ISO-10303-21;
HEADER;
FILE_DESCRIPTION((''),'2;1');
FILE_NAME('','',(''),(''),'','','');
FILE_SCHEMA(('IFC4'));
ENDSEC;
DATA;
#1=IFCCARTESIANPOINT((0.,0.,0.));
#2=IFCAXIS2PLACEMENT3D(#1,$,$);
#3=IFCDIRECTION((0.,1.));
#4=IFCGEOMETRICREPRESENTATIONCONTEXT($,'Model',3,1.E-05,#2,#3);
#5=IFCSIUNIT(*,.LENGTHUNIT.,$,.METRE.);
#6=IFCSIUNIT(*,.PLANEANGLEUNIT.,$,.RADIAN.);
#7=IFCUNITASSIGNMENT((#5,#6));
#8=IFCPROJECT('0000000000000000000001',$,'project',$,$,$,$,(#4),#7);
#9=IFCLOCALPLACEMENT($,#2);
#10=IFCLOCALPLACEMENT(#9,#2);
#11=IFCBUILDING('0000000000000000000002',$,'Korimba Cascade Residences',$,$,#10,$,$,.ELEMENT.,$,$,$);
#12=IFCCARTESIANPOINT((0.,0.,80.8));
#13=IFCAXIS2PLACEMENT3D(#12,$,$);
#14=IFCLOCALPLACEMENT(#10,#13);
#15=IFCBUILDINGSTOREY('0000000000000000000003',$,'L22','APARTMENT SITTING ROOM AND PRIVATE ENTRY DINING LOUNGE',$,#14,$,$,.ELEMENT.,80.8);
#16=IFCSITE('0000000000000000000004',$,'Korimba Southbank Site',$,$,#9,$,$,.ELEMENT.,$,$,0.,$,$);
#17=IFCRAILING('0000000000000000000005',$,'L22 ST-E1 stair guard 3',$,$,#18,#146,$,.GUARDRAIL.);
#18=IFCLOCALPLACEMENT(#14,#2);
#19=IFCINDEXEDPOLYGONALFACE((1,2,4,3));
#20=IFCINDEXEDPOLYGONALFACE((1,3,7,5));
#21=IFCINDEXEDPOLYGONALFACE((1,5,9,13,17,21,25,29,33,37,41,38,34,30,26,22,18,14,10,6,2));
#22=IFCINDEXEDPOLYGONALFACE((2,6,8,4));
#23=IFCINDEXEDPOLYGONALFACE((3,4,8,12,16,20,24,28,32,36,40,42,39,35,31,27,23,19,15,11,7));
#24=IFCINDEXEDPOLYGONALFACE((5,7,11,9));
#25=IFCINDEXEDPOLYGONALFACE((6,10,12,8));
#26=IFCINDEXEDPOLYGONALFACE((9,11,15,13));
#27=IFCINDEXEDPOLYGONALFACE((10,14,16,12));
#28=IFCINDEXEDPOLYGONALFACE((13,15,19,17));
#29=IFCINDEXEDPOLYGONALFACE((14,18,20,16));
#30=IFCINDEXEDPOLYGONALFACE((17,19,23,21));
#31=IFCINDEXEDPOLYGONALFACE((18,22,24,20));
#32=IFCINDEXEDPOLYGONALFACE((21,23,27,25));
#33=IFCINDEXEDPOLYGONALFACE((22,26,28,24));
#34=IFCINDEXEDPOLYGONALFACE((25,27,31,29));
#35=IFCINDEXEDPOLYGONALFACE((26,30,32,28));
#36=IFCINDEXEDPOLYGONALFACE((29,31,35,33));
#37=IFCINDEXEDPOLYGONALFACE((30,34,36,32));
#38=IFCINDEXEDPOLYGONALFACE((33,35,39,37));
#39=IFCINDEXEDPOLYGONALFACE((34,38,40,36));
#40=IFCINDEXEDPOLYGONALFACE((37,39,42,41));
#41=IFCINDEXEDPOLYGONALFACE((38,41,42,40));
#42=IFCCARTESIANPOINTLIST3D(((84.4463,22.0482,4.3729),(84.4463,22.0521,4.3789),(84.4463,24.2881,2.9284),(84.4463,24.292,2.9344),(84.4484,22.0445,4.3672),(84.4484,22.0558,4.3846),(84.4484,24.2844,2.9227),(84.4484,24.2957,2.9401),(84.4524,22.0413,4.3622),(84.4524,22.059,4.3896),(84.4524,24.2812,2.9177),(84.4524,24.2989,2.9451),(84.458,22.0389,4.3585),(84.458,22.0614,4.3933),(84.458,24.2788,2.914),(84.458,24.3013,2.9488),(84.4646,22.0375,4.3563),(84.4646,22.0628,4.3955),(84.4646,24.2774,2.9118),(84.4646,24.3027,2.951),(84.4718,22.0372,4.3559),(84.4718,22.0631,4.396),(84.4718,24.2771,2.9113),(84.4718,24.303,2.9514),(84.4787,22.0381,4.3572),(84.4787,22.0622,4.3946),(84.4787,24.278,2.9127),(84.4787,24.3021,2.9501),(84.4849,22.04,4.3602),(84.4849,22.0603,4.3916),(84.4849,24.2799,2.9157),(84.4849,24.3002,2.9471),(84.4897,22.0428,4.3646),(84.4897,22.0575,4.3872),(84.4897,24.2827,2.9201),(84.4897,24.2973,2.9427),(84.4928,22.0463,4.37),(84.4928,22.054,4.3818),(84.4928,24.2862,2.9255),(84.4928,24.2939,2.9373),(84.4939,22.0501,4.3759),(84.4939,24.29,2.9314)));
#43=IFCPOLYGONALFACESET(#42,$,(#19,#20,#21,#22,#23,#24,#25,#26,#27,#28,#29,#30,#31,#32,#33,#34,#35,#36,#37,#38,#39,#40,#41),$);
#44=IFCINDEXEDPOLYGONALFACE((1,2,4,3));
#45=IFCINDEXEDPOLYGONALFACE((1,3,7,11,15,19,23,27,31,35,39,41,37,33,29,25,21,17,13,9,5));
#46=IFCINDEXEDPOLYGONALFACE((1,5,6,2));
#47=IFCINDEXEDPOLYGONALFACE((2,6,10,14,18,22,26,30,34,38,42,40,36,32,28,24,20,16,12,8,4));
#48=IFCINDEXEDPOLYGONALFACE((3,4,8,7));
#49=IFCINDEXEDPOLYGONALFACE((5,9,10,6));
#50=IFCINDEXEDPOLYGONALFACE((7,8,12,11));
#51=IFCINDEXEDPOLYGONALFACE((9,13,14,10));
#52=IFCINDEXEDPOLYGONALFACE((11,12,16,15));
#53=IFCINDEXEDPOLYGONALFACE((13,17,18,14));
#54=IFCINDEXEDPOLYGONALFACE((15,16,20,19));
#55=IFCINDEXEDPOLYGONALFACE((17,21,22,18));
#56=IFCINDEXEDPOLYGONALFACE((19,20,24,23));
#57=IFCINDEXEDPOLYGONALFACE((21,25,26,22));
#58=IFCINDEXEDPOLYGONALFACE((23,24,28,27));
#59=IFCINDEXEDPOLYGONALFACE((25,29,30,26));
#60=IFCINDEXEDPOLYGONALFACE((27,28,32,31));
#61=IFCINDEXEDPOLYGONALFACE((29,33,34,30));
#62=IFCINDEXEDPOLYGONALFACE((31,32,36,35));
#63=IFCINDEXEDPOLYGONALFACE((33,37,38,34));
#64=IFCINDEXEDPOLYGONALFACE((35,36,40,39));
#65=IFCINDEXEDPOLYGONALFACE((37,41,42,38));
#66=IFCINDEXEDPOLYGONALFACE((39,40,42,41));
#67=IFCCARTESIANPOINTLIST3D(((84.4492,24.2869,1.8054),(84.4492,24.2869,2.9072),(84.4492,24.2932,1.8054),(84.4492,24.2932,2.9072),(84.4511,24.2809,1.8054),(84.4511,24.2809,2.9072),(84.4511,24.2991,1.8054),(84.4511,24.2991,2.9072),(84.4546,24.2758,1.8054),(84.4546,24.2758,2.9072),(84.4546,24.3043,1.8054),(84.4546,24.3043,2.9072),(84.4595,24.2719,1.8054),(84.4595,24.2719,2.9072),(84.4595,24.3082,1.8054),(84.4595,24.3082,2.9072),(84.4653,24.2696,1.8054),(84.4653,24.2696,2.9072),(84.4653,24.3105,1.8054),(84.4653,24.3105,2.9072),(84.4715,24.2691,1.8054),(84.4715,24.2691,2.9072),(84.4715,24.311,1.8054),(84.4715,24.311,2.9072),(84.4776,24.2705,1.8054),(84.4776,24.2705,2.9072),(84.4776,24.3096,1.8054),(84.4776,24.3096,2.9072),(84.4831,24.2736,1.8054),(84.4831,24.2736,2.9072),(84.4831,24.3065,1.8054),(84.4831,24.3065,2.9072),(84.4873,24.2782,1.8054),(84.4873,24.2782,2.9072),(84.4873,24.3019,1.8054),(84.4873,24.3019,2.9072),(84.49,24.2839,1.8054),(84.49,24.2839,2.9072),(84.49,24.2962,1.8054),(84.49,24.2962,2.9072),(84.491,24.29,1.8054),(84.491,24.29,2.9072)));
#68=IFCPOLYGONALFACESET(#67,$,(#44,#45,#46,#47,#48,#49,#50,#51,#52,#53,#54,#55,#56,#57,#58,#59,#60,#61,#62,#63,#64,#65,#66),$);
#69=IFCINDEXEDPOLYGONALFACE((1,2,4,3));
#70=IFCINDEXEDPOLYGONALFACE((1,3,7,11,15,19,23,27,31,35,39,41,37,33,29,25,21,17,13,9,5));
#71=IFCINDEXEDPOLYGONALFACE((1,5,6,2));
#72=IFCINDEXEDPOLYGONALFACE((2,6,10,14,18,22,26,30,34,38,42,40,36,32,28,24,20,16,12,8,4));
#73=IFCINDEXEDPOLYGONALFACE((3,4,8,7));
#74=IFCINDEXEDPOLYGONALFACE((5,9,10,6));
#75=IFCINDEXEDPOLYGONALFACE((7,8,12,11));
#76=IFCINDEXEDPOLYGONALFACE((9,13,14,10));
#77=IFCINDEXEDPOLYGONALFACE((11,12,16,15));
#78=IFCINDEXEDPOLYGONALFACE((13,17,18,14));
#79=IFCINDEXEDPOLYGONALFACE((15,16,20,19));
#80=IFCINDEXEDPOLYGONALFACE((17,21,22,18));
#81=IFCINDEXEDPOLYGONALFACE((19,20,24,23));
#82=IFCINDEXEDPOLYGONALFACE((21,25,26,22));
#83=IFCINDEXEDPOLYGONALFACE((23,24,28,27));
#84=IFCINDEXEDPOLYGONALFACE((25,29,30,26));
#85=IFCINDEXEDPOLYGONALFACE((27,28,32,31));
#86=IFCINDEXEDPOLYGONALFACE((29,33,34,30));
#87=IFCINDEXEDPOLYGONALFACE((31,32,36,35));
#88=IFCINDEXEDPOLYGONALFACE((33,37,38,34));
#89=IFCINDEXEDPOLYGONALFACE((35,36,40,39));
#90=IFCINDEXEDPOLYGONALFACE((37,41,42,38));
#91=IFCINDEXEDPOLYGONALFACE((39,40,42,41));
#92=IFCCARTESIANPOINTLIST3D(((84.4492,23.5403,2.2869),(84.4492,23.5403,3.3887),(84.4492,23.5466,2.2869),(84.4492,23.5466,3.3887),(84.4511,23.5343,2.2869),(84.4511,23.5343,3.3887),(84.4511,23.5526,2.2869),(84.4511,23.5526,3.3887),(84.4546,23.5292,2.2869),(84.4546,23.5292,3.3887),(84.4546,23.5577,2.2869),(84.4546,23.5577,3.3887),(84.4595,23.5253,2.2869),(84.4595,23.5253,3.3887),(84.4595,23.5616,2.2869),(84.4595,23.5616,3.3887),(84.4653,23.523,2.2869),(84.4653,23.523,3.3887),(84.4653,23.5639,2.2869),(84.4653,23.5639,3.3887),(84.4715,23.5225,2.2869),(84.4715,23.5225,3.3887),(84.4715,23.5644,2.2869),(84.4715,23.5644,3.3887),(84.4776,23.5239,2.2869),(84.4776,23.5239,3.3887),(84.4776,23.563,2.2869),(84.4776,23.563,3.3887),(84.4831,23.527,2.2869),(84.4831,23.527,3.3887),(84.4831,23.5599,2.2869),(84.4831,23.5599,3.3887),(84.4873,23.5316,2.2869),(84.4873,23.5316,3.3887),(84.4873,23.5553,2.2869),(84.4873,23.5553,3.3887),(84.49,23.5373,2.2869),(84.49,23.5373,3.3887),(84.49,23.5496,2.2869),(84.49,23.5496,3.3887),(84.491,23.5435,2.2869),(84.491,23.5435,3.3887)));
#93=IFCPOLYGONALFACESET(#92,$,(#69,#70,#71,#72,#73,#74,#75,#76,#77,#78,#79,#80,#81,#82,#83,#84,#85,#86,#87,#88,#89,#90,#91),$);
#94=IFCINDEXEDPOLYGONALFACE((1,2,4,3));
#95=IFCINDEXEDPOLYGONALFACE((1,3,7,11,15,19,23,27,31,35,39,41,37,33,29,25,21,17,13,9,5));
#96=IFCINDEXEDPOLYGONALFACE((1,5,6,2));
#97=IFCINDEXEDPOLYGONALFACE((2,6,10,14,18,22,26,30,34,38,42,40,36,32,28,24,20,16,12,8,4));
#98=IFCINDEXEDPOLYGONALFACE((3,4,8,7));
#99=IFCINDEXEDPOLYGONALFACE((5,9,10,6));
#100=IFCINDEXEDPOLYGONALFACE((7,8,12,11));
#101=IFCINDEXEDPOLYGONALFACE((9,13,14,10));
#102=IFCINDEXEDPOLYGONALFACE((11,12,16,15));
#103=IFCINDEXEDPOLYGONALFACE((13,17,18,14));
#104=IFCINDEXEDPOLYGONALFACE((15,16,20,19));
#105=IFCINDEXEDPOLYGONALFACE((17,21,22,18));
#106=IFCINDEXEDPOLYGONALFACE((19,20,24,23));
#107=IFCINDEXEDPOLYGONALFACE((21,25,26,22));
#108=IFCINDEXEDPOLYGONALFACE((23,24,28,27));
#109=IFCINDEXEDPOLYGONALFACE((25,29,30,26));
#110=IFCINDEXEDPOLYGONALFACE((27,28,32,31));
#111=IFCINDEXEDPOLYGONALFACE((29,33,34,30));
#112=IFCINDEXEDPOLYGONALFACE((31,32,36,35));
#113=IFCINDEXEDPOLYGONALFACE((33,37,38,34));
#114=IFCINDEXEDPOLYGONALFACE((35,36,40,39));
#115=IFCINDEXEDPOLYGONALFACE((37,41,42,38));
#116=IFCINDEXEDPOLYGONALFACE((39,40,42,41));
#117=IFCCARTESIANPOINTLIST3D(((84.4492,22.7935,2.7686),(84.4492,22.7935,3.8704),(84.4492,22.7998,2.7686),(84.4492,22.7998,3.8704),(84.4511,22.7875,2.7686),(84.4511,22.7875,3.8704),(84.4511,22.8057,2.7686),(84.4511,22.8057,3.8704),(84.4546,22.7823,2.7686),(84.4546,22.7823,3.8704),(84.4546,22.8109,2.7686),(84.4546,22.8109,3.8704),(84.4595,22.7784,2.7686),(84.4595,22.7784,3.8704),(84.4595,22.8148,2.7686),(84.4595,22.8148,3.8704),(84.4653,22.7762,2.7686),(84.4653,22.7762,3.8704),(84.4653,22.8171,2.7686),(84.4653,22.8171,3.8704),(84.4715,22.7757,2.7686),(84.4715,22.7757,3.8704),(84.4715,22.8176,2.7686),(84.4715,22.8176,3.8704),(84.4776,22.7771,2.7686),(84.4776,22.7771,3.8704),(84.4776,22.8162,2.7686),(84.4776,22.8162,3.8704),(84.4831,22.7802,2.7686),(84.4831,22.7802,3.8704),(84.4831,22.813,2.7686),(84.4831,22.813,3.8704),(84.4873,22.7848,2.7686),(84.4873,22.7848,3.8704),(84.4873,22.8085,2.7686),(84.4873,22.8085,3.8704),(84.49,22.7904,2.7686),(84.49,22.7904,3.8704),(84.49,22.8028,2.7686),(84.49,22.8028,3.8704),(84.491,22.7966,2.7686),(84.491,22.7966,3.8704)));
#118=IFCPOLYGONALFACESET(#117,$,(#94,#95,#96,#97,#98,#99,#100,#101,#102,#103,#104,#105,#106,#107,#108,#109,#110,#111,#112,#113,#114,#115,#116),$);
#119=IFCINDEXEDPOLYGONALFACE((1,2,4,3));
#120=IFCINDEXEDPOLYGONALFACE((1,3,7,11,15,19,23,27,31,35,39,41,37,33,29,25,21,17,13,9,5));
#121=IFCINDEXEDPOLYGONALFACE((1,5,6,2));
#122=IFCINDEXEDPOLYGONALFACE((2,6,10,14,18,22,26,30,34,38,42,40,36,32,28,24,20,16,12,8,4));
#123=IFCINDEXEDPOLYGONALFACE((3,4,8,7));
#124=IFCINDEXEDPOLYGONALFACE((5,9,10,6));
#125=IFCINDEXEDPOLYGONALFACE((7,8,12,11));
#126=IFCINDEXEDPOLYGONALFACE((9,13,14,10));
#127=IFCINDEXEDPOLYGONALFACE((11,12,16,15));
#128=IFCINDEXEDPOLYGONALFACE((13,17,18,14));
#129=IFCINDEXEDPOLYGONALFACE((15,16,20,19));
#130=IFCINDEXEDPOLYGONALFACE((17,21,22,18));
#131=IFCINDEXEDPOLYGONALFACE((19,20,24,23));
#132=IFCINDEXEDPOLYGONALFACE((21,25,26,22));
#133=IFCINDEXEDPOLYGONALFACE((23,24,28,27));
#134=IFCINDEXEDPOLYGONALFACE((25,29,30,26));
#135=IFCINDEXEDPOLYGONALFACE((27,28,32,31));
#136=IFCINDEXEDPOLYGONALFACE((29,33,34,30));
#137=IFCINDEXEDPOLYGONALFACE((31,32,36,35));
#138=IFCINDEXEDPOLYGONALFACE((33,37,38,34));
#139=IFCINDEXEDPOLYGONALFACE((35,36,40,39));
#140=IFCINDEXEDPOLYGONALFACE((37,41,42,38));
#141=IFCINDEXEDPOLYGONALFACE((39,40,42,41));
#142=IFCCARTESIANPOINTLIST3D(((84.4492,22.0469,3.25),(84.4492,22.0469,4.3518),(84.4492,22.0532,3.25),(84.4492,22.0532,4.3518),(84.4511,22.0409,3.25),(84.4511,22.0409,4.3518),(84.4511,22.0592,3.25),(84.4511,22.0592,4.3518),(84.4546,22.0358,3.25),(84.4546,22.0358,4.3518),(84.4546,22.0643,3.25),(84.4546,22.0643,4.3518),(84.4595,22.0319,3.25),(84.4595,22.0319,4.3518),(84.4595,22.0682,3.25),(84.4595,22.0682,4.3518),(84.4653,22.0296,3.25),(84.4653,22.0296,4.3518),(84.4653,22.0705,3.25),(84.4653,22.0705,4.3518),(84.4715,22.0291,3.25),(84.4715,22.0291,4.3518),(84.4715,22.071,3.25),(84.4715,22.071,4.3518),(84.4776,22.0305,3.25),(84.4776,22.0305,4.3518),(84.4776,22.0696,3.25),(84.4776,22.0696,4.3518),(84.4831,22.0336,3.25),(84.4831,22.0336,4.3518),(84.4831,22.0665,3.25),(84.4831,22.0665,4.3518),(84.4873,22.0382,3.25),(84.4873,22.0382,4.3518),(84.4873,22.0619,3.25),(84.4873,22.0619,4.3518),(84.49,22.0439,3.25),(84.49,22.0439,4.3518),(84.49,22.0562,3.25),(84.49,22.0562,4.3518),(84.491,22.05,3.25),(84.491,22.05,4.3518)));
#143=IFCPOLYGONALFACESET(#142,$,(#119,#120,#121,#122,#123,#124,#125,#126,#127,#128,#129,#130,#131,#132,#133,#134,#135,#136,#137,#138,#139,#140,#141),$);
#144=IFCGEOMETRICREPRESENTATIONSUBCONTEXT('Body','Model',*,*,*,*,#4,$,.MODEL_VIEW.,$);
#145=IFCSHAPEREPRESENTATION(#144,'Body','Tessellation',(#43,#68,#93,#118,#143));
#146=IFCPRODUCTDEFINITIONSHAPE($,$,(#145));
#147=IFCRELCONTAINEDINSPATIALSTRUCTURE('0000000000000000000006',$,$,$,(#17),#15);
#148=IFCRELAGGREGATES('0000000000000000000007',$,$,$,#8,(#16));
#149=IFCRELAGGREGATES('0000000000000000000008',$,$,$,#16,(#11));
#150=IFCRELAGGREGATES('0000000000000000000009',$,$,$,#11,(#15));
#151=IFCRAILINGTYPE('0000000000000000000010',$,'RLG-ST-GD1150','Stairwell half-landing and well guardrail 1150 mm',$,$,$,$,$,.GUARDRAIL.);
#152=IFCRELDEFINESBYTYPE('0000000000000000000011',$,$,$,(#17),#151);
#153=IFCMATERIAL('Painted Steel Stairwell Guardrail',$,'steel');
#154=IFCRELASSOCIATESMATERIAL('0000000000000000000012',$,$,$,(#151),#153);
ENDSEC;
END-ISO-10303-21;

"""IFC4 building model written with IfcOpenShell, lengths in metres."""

from ifc_helpers import new_model, si_unit, direction, frame, origin, origin_2d, place, context, subcontext, project, spatial, circle, extrude, material, type_object, element, save


model = new_model("IFC4")

# Units and contexts
model_context = context("Model", 3, precision=1e-05, world=origin(), true_north=direction((0.0, 1.0)))
body_context = subcontext(model_context, "Body", "Model", "MODEL_VIEW")
ifc_project = project(units=[si_unit("LENGTHUNIT", "METRE"), si_unit("PLANEANGLEUNIT", "RADIAN")], contexts=[model_context])

# Site, building, storey
site_placement = place(None, origin())
site = spatial("IfcSite", under=ifc_project, at=site_placement, Name="Korimba Southbank Site", CompositionType="ELEMENT", RefElevation=0.0)
building_placement = place(site_placement, origin())
building = spatial("IfcBuilding", under=site, at=building_placement, Name="Korimba Cascade Residences", CompositionType="ELEMENT")
storey_placement = place(building_placement, frame((0.0, 0.0, 80.8)))
storey = spatial("IfcBuildingStorey", under=building, at=storey_placement, Name="L22", Description="APARTMENT SITTING ROOM AND PRIVATE ENTRY DINING LOUNGE", CompositionType="ELEMENT", Elevation=80.8)

# Railing
ifc_material_1 = material(Name="Painted Steel Stairwell Guardrail", Category="steel")
railing_type_1 = type_object("IfcRailingType", Name="RLG-ST-GD1150", Description="Stairwell half-landing and well guardrail 1150 mm", PredefinedType="GUARDRAIL", material=ifc_material_1)
railing_1_placement = place(storey_placement, frame((84.47, 24.29, 1.8054)))
element("IfcRailing", 1, at=railing_1_placement, inside=storey, type_object=railing_type_1, Name="L22 ST-E1 stair guard 3", PredefinedType="GUARDRAIL", context=body_context, shape_type="SweptSolid", body=[
    extrude(circle(Radius=0.0239, at=origin_2d()), frame((0.0, 0.0, 1.126), z_axis=(0.0, -0.840395, 0.541975), x_axis=(1.0, 0.0, 0.0)), (0.0, 0.0, 1.0), 2.6653),
    extrude(circle(Radius=0.021, at=origin_2d()), origin(), (0.0, 0.0, 1.0), 1.1018),
    extrude(circle(Radius=0.021, at=origin_2d()), frame((0.0, -0.7466, 0.4814)), (0.0, 0.0, 1.0), 1.1018),
    extrude(circle(Radius=0.021, at=origin_2d()), frame((0.0, -1.4934, 0.9631)), (0.0, 0.0, 1.0), 1.1018),
    extrude(circle(Radius=0.021, at=origin_2d()), frame((0.0, -2.24, 1.4446)), (0.0, 0.0, 1.0), 1.1018),
])

save(model, "model.ifc")
